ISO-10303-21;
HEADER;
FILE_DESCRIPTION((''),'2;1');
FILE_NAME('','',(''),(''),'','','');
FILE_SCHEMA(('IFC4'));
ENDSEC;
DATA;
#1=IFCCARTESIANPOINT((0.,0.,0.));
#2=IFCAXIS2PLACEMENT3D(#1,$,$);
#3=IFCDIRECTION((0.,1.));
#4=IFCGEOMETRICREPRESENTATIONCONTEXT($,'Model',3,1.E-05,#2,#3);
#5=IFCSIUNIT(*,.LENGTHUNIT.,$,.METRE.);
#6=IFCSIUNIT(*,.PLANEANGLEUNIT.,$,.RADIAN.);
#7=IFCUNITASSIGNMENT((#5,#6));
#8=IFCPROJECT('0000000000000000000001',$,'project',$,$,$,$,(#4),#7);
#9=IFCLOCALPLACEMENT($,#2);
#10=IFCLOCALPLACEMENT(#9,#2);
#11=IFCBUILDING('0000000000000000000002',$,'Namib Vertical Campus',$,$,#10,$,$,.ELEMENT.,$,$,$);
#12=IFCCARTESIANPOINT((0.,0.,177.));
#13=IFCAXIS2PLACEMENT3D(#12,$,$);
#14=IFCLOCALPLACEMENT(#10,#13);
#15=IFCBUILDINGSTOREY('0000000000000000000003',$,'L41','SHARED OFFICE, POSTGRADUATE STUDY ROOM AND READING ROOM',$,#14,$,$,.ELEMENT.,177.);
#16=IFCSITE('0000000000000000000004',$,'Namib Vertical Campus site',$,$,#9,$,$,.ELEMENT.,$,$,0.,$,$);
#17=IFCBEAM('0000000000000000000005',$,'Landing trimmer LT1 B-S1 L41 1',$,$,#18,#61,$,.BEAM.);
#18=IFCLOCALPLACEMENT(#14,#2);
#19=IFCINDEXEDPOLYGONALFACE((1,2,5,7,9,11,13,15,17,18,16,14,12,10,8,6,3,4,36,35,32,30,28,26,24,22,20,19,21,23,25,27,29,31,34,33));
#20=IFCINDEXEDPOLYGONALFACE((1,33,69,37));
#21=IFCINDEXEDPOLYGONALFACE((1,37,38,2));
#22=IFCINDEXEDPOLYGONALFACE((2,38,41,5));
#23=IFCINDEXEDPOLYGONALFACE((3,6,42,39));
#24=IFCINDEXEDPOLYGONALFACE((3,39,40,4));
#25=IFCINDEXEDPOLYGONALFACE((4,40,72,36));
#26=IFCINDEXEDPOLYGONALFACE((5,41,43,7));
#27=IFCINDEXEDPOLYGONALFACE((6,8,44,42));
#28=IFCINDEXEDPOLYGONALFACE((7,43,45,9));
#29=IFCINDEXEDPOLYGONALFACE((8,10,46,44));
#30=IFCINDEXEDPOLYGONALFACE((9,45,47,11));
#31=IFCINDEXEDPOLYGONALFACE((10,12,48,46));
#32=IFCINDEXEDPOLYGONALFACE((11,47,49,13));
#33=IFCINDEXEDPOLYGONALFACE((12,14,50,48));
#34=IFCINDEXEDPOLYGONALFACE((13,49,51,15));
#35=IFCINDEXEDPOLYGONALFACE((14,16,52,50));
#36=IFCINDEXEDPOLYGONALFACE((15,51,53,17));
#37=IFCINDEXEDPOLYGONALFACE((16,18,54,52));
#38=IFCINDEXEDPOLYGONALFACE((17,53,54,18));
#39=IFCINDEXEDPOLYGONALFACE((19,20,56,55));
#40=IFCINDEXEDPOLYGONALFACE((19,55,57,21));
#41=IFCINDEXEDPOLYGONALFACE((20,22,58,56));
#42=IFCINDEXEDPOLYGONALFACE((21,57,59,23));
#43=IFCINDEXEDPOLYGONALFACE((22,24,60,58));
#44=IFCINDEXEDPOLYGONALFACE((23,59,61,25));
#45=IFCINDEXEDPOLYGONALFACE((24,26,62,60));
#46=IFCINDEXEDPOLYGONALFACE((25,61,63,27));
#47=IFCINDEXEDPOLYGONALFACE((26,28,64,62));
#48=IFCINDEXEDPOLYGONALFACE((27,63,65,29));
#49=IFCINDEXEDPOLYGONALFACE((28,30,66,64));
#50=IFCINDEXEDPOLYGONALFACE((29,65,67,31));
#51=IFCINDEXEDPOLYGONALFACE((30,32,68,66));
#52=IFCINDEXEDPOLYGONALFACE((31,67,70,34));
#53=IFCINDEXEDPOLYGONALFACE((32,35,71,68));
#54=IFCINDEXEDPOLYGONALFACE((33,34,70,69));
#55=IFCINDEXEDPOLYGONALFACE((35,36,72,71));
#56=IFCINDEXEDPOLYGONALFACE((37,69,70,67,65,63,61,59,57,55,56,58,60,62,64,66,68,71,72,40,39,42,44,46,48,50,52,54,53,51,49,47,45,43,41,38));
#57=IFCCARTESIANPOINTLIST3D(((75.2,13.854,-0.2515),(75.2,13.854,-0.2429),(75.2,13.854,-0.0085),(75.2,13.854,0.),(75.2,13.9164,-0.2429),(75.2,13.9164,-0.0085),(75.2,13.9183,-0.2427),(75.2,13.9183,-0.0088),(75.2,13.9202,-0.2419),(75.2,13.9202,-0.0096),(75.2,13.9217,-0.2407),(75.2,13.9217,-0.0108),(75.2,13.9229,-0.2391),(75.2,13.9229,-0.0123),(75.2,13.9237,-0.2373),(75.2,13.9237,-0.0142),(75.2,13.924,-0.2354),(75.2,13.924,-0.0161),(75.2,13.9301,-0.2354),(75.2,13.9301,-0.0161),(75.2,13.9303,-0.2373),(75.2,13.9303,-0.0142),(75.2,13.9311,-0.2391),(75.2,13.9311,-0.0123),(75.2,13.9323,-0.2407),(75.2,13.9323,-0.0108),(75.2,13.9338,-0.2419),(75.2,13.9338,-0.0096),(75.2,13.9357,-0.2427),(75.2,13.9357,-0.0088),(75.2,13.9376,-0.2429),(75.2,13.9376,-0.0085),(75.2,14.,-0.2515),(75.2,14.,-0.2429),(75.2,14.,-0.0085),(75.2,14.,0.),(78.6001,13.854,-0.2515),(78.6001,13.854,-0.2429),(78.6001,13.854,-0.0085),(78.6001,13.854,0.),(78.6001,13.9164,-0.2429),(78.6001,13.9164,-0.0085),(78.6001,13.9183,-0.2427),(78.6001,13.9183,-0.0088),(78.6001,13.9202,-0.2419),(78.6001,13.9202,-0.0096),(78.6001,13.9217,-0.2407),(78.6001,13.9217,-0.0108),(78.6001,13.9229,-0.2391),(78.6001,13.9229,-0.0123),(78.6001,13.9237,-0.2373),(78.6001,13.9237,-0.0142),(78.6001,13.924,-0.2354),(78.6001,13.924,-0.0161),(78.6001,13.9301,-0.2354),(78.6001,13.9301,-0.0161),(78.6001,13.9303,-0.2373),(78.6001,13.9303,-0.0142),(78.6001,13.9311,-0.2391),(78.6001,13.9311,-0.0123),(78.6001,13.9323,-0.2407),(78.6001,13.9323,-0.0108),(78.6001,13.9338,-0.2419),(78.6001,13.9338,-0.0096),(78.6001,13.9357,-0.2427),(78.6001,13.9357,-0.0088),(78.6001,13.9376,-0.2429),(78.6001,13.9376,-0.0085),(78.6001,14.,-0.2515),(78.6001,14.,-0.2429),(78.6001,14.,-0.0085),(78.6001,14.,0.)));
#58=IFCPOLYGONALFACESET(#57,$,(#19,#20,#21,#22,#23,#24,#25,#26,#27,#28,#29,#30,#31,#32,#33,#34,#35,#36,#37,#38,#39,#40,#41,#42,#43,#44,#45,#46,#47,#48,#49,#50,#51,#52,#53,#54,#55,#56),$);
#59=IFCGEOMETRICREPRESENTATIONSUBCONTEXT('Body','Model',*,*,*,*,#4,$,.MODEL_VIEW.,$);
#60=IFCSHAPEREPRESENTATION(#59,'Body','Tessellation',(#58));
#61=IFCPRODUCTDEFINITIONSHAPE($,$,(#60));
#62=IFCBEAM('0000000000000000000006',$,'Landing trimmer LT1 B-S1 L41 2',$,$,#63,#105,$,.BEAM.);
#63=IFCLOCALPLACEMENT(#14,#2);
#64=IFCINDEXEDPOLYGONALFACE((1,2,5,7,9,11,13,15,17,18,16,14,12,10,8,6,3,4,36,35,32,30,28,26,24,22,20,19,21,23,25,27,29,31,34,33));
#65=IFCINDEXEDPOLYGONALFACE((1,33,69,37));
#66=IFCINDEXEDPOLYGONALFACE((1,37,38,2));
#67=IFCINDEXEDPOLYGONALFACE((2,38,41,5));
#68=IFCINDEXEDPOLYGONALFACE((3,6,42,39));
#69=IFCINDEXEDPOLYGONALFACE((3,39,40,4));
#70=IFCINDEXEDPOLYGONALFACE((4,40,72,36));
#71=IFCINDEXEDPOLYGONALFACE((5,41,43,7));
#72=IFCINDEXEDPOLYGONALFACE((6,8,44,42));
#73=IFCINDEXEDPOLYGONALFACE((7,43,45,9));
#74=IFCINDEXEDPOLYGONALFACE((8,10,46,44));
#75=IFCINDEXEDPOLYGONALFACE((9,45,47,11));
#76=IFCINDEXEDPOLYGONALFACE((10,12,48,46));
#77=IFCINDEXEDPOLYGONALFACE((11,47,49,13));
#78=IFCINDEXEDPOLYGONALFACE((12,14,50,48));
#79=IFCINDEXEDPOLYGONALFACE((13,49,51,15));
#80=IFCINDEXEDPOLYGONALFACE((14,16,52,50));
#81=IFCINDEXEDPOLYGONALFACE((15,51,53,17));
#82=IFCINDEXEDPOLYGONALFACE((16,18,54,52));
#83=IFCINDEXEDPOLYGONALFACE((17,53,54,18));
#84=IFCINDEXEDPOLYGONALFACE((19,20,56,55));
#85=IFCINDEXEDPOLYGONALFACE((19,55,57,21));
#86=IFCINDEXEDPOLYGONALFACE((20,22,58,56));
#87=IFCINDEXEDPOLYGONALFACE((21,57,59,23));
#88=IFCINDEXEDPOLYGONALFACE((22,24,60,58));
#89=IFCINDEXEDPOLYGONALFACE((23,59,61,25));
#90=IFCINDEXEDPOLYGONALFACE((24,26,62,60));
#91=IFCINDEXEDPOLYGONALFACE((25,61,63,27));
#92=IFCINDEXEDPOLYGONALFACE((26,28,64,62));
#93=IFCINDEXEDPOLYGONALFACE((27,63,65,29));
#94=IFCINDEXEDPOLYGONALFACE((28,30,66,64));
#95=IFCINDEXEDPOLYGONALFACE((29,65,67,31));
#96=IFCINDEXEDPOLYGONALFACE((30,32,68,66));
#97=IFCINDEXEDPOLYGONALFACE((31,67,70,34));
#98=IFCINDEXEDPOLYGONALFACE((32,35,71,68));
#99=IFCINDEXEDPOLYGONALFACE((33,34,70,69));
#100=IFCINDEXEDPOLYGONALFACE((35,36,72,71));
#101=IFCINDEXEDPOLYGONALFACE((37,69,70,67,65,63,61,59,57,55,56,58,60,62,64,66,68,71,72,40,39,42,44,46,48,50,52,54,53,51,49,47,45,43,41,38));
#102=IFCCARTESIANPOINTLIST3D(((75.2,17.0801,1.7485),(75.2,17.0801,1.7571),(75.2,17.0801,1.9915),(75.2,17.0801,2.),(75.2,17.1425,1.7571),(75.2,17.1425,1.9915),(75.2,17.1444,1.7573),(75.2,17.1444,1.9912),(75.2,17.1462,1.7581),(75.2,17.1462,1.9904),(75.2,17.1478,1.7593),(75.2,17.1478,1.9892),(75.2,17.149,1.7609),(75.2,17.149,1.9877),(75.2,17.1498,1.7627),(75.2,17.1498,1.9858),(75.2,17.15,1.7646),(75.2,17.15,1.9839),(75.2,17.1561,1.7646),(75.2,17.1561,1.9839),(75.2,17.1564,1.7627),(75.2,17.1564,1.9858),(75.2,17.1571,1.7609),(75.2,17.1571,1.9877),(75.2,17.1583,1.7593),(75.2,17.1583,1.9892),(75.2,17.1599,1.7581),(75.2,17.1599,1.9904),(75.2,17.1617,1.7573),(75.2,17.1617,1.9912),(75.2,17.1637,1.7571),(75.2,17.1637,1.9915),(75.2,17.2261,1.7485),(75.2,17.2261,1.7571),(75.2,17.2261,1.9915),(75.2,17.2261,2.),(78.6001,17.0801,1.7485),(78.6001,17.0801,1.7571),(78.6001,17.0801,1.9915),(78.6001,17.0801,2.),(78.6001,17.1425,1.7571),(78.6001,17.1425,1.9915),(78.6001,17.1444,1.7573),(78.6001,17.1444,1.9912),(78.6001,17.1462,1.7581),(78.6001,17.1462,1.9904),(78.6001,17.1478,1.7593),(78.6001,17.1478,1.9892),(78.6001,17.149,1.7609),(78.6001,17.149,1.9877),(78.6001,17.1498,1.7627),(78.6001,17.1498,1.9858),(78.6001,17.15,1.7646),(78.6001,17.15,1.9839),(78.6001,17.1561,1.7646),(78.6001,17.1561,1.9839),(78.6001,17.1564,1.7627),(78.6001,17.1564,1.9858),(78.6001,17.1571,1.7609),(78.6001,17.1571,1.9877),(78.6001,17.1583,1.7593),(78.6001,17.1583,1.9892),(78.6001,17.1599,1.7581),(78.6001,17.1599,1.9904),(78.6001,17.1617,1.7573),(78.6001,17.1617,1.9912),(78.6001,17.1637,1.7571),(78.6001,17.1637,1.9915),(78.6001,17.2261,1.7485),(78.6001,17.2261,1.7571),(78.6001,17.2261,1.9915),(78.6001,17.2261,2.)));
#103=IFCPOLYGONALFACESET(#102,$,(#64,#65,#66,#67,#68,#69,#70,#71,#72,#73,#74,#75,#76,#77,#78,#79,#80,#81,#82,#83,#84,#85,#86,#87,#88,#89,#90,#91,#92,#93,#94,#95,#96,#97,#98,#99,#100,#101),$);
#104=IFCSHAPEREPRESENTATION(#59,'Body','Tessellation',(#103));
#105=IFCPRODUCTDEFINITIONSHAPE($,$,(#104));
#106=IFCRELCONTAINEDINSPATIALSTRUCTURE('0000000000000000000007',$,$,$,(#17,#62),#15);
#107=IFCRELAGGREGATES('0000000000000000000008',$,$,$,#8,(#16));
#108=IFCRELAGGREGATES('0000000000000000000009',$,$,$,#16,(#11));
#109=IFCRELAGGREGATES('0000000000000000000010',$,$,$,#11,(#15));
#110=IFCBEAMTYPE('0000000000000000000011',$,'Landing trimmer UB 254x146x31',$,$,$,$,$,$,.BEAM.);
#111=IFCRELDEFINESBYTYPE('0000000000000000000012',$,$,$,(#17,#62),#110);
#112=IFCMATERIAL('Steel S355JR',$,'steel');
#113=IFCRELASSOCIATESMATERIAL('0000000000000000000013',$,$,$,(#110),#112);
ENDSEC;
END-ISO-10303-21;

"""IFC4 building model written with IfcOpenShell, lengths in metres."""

from ifc_helpers import new_model, si_unit, direction, frame, origin, origin_2d, place, context, subcontext, project, spatial, i_section, extrude, material, material_profile, profile_set, type_object, element, save


model = new_model("IFC4")

# Units and contexts
model_context = context("Model", 3, precision=1e-05, world=origin(), true_north=direction((0.0, 1.0)))
body_context = subcontext(model_context, "Body", "Model", "MODEL_VIEW")
ifc_project = project(units=[si_unit("LENGTHUNIT", "METRE"), si_unit("PLANEANGLEUNIT", "RADIAN")], contexts=[model_context])

# Site, building, storey
site_placement = place(None, origin())
site = spatial("IfcSite", under=ifc_project, at=site_placement, Name="Namib Vertical Campus site", CompositionType="ELEMENT", RefElevation=0.0)
building_placement = place(site_placement, origin())
building = spatial("IfcBuilding", under=site, at=building_placement, Name="Namib Vertical Campus", CompositionType="ELEMENT")
storey_placement = place(building_placement, frame((0.0, 0.0, 177.0)))
storey = spatial("IfcBuildingStorey", under=building, at=storey_placement, Name="L41", Description="SHARED OFFICE, POSTGRADUATE STUDY ROOM AND READING ROOM", CompositionType="ELEMENT", Elevation=177.0)

# Beams
ifc_material_1 = material(Name="Steel S355JR", Category="steel")
ifc_material_profile = material_profile(ifc_material_1, i_section(OverallWidth=0.146, OverallDepth=0.2515, WebThickness=0.0061, FlangeThickness=0.0085, FilletRadius=0.0076, at=origin_2d()))
ifc_profile_set = profile_set([ifc_material_profile], Name="Steel S355JR")
beam_type = type_object("IfcBeamType", Name="Landing trimmer UB 254x146x31", PredefinedType="BEAM", material=ifc_profile_set)
for number, where, z_axis, x_axis, name in (
    (1, (75.2, 13.927, -0.1257), (1.0, 0.0, 0.0), (0.0, 1.0, 0.0), "Landing trimmer LT1 B-S1 L41 1"),
    (2, (75.2, 17.1531, 1.8743), (1.0, 0.0, 0.0), (0.0, 1.0, 0.0), "Landing trimmer LT1 B-S1 L41 2"),
):
    element("IfcBeam", number, at=place(storey_placement, frame(where, z_axis=z_axis, x_axis=x_axis)), inside=storey, type_object=beam_type, Name=name, PredefinedType="BEAM", context=body_context, shape_type="SweptSolid", body=[
        extrude(i_section(OverallWidth=0.146, OverallDepth=0.2515, WebThickness=0.0061, FlangeThickness=0.0085, FilletRadius=0.0076, at=origin_2d()), origin(), (0.0, 0.0, 1.0), 3.4001),
    ])

save(model, "model.ifc")
